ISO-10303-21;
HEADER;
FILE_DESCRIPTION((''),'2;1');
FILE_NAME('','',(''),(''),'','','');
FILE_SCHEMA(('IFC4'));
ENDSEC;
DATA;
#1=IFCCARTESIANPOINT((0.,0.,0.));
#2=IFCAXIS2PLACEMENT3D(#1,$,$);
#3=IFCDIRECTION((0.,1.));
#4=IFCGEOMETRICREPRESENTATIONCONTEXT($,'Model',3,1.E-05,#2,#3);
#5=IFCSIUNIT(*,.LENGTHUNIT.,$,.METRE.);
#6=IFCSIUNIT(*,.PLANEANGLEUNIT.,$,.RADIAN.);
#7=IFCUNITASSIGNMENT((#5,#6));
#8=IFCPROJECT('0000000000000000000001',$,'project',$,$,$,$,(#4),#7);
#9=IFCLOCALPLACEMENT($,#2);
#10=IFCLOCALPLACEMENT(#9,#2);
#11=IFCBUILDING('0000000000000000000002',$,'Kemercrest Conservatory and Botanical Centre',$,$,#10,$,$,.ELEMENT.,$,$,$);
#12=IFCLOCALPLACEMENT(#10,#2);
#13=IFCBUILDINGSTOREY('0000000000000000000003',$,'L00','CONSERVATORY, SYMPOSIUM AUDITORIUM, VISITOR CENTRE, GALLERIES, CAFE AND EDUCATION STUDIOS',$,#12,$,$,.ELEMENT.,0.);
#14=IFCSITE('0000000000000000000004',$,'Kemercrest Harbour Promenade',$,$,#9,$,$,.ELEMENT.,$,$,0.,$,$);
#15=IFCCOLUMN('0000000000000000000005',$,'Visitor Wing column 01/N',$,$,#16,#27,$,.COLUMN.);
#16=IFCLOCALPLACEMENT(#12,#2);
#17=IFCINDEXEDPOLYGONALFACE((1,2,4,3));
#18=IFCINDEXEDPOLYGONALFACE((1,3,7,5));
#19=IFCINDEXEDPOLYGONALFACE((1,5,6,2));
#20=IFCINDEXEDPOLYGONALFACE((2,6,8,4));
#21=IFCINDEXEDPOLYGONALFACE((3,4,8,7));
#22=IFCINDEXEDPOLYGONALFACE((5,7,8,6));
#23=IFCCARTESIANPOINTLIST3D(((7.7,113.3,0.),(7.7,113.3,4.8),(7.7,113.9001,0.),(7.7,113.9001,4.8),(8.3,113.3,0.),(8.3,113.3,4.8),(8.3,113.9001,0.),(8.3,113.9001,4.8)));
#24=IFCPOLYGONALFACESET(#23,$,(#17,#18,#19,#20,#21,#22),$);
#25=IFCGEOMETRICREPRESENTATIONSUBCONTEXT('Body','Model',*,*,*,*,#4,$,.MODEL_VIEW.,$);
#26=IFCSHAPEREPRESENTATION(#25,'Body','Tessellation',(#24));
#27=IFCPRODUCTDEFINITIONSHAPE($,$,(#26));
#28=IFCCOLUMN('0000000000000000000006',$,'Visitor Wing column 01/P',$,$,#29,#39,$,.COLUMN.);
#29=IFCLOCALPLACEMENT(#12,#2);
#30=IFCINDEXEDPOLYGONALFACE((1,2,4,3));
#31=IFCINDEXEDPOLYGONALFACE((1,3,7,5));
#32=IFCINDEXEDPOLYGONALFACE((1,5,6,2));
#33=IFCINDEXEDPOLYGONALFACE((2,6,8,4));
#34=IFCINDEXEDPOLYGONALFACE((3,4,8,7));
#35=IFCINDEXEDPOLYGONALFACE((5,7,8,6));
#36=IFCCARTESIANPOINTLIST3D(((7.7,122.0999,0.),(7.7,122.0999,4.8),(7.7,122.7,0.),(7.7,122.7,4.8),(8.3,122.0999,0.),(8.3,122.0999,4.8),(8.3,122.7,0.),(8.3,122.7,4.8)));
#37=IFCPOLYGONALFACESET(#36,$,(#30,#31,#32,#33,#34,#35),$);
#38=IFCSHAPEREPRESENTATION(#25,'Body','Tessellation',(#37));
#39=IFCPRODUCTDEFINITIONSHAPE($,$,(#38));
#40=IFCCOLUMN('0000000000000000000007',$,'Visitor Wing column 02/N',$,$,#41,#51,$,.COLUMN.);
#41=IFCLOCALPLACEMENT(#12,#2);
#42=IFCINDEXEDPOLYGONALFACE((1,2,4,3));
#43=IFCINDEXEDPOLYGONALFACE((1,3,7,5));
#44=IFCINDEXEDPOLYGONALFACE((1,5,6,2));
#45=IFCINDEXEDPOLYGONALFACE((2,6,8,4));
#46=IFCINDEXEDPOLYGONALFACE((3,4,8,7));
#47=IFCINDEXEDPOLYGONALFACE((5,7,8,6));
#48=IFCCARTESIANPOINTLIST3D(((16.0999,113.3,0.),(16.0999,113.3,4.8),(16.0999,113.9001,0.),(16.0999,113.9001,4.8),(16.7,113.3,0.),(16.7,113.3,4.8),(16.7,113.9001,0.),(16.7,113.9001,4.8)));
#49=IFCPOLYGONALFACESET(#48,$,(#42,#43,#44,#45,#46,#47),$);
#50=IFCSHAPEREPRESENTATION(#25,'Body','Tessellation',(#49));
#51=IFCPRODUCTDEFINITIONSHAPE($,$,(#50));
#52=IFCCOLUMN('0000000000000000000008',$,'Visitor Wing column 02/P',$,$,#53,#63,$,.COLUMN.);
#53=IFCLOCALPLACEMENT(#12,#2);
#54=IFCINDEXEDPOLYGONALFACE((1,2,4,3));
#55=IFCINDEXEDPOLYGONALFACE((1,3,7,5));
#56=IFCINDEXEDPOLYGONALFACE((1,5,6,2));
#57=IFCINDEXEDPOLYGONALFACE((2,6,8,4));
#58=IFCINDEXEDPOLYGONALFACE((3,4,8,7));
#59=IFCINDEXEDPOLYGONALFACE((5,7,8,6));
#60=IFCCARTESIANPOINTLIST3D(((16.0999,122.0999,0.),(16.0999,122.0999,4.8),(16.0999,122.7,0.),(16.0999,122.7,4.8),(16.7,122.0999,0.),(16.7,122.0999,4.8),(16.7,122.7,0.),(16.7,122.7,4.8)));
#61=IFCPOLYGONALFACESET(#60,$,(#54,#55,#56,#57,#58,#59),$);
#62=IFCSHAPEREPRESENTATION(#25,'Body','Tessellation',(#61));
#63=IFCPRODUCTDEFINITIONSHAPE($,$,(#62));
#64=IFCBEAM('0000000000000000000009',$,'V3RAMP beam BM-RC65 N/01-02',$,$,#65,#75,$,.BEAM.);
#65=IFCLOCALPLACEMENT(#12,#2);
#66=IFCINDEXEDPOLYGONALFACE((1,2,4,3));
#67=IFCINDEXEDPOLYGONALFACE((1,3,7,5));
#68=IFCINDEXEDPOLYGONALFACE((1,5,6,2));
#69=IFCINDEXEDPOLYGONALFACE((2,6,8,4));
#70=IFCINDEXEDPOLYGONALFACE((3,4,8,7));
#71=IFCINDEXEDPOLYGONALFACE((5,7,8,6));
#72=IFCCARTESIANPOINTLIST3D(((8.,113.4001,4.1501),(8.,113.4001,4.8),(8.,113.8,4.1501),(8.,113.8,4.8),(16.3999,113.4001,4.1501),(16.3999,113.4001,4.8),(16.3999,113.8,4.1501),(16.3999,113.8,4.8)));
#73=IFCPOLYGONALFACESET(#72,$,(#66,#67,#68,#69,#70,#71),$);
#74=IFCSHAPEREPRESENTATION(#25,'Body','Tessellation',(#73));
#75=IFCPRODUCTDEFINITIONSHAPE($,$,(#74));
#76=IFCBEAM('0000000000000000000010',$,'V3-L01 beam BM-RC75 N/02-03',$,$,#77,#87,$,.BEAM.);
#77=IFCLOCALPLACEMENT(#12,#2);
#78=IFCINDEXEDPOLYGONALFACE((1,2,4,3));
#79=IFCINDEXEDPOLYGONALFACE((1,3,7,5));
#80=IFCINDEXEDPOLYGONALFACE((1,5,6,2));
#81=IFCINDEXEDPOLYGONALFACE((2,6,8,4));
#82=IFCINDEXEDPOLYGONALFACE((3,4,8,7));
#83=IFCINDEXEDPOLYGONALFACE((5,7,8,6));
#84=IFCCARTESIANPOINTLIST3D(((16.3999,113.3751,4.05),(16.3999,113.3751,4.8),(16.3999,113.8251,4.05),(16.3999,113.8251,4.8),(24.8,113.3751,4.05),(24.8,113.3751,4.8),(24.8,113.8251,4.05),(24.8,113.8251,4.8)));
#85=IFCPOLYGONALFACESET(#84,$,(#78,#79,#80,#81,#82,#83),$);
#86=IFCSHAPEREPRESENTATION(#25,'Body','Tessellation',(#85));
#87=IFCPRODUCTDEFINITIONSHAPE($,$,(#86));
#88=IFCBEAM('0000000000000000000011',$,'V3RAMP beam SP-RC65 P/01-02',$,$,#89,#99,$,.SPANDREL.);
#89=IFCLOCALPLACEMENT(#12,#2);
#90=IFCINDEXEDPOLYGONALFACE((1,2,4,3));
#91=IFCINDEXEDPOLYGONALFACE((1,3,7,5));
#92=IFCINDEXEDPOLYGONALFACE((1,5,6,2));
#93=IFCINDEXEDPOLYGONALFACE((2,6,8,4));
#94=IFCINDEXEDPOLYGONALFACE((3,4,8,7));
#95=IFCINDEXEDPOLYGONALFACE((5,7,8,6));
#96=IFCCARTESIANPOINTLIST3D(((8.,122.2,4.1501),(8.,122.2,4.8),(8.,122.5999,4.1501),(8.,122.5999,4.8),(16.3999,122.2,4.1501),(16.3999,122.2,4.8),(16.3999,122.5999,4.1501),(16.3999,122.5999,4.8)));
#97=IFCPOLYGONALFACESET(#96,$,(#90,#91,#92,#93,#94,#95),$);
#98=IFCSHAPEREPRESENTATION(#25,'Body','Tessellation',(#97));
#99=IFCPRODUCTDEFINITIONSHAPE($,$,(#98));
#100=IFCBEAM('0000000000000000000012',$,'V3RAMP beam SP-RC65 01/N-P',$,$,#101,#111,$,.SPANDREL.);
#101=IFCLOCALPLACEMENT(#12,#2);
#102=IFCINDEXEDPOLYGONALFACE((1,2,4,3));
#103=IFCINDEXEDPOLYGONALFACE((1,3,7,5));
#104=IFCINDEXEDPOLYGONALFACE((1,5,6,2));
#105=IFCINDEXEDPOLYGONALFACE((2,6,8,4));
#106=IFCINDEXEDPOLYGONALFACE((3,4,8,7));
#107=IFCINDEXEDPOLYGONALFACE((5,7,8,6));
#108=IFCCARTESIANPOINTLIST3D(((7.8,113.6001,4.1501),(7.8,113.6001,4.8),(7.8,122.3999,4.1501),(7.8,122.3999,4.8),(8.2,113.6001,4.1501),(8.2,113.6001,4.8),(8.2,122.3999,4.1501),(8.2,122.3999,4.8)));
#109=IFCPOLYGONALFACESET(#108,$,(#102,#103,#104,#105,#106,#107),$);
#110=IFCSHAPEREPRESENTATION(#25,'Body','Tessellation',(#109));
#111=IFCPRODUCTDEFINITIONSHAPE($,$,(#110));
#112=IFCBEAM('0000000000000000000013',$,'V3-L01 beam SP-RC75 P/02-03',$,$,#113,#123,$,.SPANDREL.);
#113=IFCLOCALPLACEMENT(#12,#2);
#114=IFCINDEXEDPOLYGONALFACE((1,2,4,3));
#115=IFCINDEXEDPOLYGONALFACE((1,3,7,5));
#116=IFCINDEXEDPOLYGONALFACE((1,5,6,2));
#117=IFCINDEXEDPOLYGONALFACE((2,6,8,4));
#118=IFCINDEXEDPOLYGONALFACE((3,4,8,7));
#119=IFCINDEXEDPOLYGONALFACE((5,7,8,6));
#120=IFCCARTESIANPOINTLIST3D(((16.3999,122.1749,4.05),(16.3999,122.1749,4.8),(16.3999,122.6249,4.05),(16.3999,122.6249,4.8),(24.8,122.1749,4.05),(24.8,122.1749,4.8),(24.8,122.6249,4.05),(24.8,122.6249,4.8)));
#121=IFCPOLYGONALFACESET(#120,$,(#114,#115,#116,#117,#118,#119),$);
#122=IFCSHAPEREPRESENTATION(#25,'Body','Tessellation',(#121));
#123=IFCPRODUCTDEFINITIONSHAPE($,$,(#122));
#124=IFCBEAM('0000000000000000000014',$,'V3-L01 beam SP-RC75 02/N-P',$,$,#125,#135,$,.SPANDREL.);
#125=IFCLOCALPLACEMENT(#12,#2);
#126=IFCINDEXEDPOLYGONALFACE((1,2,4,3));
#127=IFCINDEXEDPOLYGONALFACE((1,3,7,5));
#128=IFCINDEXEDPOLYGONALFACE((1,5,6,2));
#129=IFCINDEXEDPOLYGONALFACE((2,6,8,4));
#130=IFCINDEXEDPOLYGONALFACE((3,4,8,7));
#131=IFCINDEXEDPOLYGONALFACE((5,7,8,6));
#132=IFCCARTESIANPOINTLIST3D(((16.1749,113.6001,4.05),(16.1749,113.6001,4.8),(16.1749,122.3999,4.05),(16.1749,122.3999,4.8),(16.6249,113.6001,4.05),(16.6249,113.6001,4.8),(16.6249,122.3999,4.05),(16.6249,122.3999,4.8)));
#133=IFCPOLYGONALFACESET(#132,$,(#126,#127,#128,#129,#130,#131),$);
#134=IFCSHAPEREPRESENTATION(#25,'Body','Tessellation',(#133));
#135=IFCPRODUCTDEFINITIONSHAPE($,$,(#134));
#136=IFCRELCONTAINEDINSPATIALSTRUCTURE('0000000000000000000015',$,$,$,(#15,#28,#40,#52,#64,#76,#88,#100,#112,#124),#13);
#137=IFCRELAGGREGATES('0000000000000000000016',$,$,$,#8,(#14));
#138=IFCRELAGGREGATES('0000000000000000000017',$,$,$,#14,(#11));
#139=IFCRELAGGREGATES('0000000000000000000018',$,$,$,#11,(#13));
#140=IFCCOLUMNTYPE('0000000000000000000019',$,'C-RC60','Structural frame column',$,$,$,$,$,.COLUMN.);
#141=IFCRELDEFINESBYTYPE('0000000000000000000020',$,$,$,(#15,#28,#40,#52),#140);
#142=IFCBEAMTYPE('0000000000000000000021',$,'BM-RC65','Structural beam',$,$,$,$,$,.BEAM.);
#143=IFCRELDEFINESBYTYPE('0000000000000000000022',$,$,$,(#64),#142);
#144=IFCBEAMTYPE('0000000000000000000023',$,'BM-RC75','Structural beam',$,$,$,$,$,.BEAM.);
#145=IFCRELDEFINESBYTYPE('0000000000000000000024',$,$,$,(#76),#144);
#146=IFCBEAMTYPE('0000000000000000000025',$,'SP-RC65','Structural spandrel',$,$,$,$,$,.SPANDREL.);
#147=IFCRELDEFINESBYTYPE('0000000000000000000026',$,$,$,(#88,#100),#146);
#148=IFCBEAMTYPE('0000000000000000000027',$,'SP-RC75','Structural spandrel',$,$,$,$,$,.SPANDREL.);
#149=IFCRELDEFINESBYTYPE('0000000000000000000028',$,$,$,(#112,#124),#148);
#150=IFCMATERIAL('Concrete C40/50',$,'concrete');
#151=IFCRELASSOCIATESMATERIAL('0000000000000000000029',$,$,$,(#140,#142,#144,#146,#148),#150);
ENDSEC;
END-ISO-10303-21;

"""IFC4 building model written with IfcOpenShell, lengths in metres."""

from ifc_helpers import new_model, si_unit, direction, frame, origin, origin_2d, place, context, subcontext, project, spatial, rectangle, extrude, material, material_profile, profile_set, type_object, element, save


model = new_model("IFC4")

# Units and contexts
model_context = context("Model", 3, precision=1e-05, world=origin(), true_north=direction((0.0, 1.0)))
body_context = subcontext(model_context, "Body", "Model", "MODEL_VIEW")
ifc_project = project(units=[si_unit("LENGTHUNIT", "METRE"), si_unit("PLANEANGLEUNIT", "RADIAN")], contexts=[model_context])

# Site, building, storey
site_placement = place(None, origin())
site = spatial("IfcSite", under=ifc_project, at=site_placement, Name="Kemercrest Harbour Promenade", CompositionType="ELEMENT", RefElevation=0.0)
building_placement = place(site_placement, origin())
building = spatial("IfcBuilding", under=site, at=building_placement, Name="Kemercrest Conservatory and Botanical Centre", CompositionType="ELEMENT")
storey_placement = place(building_placement, origin())
storey = spatial("IfcBuildingStorey", under=building, at=storey_placement, Name="L00", Description="CONSERVATORY, SYMPOSIUM AUDITORIUM, VISITOR CENTRE, GALLERIES, CAFE AND EDUCATION STUDIOS", CompositionType="ELEMENT", Elevation=0.0)

# Columns
ifc_material_1 = material(Name="Concrete C40/50", Category="concrete")
ifc_material_profile_1 = material_profile(ifc_material_1, rectangle(XDim=0.6001, YDim=0.6001, at=origin_2d()), Name="RC 600x600")
ifc_profile_set_1 = profile_set([ifc_material_profile_1], Name="Concrete C40/50")
column_type = type_object("IfcColumnType", Name="C-RC60", Description="Structural frame column", PredefinedType="COLUMN", material=ifc_profile_set_1)
for number, where, z_axis, x_axis, name in (
    (1, (8.0, 113.6001, 0.0), (0.0, 0.0, 1.0), (1.0, 0.0, 0.0), "Visitor Wing column 01/N"),
    (2, (8.0, 122.3999, 0.0), (0.0, 0.0, 1.0), (1.0, 0.0, 0.0), "Visitor Wing column 01/P"),
    (3, (16.3999, 113.6001, 0.0), (0.0, 0.0, 1.0), (1.0, 0.0, 0.0), "Visitor Wing column 02/N"),
    (4, (16.3999, 122.3999, 0.0), (0.0, 0.0, 1.0), (1.0, 0.0, 0.0), "Visitor Wing column 02/P"),
):
    element("IfcColumn", number, at=place(storey_placement, frame(where, z_axis=z_axis, x_axis=x_axis)), inside=storey, type_object=column_type, Name=name, PredefinedType="COLUMN", context=body_context, shape_type="SweptSolid", body=[
        extrude(rectangle(XDim=0.6001, YDim=0.6001, at=origin_2d()), origin(), (0.0, 0.0, 1.0), 4.8),
    ])

# Beams
ifc_material_profile_2 = material_profile(ifc_material_1, rectangle(XDim=0.3999, YDim=0.6499, at=origin_2d()), Name="RC 400x650")
ifc_profile_set_2 = profile_set([ifc_material_profile_2], Name="Concrete C40/50")
beam_type_1 = type_object("IfcBeamType", Name="BM-RC65", Description="Structural beam", PredefinedType="BEAM", material=ifc_profile_set_2)
beam_1_placement = place(storey_placement, frame((8.0, 113.6001, 4.4751), z_axis=(1.0, 0.0, 0.0), x_axis=(0.0, 1.0, 0.0)))
element("IfcBeam", 5, at=beam_1_placement, inside=storey, type_object=beam_type_1, Name="V3RAMP beam BM-RC65 N/01-02", PredefinedType="BEAM", context=body_context, shape_type="SweptSolid", body=[
    extrude(rectangle(XDim=0.3999, YDim=0.6499, at=origin_2d()), origin(), (0.0, 0.0, 1.0), 8.3999),
])
ifc_material_profile_3 = material_profile(ifc_material_1, rectangle(XDim=0.45, YDim=0.75, at=origin_2d()), Name="RC 450x750")
ifc_profile_set_3 = profile_set([ifc_material_profile_3], Name="Concrete C40/50")
beam_type_2 = type_object("IfcBeamType", Name="BM-RC75", Description="Structural beam", PredefinedType="BEAM", material=ifc_profile_set_3)
beam_2_placement = place(storey_placement, frame((16.3999, 113.6001, 4.425), z_axis=(1.0, 0.0, 0.0), x_axis=(0.0, 1.0, 0.0)))
element("IfcBeam", 6, at=beam_2_placement, inside=storey, type_object=beam_type_2, Name="V3-L01 beam BM-RC75 N/02-03", PredefinedType="BEAM", context=body_context, shape_type="SweptSolid", body=[
    extrude(rectangle(XDim=0.45, YDim=0.75, at=origin_2d()), origin(), (0.0, 0.0, 1.0), 8.4001),
])
ifc_material_profile_4 = material_profile(ifc_material_1, rectangle(XDim=0.3999, YDim=0.6499, at=origin_2d()), Name="RC 400x650")
ifc_profile_set_4 = profile_set([ifc_material_profile_4], Name="Concrete C40/50")
beam_type_3 = type_object("IfcBeamType", Name="SP-RC65", Description="Structural spandrel", PredefinedType="SPANDREL", material=ifc_profile_set_4)
beam_3_placement = place(storey_placement, frame((8.0, 122.3999, 4.4751), z_axis=(1.0, 0.0, 0.0), x_axis=(0.0, 1.0, 0.0)))
element("IfcBeam", 7, at=beam_3_placement, inside=storey, type_object=beam_type_3, Name="V3RAMP beam SP-RC65 P/01-02", PredefinedType="SPANDREL", context=body_context, shape_type="SweptSolid", body=[
    extrude(rectangle(XDim=0.3999, YDim=0.6499, at=origin_2d()), origin(), (0.0, 0.0, 1.0), 8.3999),
])
beam_4_placement = place(storey_placement, frame((8.0, 113.6001, 4.4751), z_axis=(0.0, 1.0, 0.0), x_axis=(-1.0, 0.0, 0.0)))
element("IfcBeam", 8, at=beam_4_placement, inside=storey, type_object=beam_type_3, Name="V3RAMP beam SP-RC65 01/N-P", PredefinedType="SPANDREL", context=body_context, shape_type="SweptSolid", body=[
    extrude(rectangle(XDim=0.3999, YDim=0.6499, at=origin_2d()), origin(), (0.0, 0.0, 1.0), 8.7998),
])
ifc_material_profile_5 = material_profile(ifc_material_1, rectangle(XDim=0.45, YDim=0.75, at=origin_2d()), Name="RC 450x750")
ifc_profile_set_5 = profile_set([ifc_material_profile_5], Name="Concrete C40/50")
beam_type_4 = type_object("IfcBeamType", Name="SP-RC75", Description="Structural spandrel", PredefinedType="SPANDREL", material=ifc_profile_set_5)
beam_5_placement = place(storey_placement, frame((16.3999, 122.3999, 4.425), z_axis=(1.0, 0.0, 0.0), x_axis=(0.0, 1.0, 0.0)))
element("IfcBeam", 9, at=beam_5_placement, inside=storey, type_object=beam_type_4, Name="V3-L01 beam SP-RC75 P/02-03", PredefinedType="SPANDREL", context=body_context, shape_type="SweptSolid", body=[
    extrude(rectangle(XDim=0.45, YDim=0.75, at=origin_2d()), origin(), (0.0, 0.0, 1.0), 8.4001),
])
beam_6_placement = place(storey_placement, frame((16.3999, 113.6001, 4.425), z_axis=(0.0, 1.0, 0.0), x_axis=(-1.0, 0.0, 0.0)))
element("IfcBeam", 10, at=beam_6_placement, inside=storey, type_object=beam_type_4, Name="V3-L01 beam SP-RC75 02/N-P", PredefinedType="SPANDREL", context=body_context, shape_type="SweptSolid", body=[
    extrude(rectangle(XDim=0.45, YDim=0.75, at=origin_2d()), origin(), (0.0, 0.0, 1.0), 8.7998),
])

save(model, "model.ifc")
